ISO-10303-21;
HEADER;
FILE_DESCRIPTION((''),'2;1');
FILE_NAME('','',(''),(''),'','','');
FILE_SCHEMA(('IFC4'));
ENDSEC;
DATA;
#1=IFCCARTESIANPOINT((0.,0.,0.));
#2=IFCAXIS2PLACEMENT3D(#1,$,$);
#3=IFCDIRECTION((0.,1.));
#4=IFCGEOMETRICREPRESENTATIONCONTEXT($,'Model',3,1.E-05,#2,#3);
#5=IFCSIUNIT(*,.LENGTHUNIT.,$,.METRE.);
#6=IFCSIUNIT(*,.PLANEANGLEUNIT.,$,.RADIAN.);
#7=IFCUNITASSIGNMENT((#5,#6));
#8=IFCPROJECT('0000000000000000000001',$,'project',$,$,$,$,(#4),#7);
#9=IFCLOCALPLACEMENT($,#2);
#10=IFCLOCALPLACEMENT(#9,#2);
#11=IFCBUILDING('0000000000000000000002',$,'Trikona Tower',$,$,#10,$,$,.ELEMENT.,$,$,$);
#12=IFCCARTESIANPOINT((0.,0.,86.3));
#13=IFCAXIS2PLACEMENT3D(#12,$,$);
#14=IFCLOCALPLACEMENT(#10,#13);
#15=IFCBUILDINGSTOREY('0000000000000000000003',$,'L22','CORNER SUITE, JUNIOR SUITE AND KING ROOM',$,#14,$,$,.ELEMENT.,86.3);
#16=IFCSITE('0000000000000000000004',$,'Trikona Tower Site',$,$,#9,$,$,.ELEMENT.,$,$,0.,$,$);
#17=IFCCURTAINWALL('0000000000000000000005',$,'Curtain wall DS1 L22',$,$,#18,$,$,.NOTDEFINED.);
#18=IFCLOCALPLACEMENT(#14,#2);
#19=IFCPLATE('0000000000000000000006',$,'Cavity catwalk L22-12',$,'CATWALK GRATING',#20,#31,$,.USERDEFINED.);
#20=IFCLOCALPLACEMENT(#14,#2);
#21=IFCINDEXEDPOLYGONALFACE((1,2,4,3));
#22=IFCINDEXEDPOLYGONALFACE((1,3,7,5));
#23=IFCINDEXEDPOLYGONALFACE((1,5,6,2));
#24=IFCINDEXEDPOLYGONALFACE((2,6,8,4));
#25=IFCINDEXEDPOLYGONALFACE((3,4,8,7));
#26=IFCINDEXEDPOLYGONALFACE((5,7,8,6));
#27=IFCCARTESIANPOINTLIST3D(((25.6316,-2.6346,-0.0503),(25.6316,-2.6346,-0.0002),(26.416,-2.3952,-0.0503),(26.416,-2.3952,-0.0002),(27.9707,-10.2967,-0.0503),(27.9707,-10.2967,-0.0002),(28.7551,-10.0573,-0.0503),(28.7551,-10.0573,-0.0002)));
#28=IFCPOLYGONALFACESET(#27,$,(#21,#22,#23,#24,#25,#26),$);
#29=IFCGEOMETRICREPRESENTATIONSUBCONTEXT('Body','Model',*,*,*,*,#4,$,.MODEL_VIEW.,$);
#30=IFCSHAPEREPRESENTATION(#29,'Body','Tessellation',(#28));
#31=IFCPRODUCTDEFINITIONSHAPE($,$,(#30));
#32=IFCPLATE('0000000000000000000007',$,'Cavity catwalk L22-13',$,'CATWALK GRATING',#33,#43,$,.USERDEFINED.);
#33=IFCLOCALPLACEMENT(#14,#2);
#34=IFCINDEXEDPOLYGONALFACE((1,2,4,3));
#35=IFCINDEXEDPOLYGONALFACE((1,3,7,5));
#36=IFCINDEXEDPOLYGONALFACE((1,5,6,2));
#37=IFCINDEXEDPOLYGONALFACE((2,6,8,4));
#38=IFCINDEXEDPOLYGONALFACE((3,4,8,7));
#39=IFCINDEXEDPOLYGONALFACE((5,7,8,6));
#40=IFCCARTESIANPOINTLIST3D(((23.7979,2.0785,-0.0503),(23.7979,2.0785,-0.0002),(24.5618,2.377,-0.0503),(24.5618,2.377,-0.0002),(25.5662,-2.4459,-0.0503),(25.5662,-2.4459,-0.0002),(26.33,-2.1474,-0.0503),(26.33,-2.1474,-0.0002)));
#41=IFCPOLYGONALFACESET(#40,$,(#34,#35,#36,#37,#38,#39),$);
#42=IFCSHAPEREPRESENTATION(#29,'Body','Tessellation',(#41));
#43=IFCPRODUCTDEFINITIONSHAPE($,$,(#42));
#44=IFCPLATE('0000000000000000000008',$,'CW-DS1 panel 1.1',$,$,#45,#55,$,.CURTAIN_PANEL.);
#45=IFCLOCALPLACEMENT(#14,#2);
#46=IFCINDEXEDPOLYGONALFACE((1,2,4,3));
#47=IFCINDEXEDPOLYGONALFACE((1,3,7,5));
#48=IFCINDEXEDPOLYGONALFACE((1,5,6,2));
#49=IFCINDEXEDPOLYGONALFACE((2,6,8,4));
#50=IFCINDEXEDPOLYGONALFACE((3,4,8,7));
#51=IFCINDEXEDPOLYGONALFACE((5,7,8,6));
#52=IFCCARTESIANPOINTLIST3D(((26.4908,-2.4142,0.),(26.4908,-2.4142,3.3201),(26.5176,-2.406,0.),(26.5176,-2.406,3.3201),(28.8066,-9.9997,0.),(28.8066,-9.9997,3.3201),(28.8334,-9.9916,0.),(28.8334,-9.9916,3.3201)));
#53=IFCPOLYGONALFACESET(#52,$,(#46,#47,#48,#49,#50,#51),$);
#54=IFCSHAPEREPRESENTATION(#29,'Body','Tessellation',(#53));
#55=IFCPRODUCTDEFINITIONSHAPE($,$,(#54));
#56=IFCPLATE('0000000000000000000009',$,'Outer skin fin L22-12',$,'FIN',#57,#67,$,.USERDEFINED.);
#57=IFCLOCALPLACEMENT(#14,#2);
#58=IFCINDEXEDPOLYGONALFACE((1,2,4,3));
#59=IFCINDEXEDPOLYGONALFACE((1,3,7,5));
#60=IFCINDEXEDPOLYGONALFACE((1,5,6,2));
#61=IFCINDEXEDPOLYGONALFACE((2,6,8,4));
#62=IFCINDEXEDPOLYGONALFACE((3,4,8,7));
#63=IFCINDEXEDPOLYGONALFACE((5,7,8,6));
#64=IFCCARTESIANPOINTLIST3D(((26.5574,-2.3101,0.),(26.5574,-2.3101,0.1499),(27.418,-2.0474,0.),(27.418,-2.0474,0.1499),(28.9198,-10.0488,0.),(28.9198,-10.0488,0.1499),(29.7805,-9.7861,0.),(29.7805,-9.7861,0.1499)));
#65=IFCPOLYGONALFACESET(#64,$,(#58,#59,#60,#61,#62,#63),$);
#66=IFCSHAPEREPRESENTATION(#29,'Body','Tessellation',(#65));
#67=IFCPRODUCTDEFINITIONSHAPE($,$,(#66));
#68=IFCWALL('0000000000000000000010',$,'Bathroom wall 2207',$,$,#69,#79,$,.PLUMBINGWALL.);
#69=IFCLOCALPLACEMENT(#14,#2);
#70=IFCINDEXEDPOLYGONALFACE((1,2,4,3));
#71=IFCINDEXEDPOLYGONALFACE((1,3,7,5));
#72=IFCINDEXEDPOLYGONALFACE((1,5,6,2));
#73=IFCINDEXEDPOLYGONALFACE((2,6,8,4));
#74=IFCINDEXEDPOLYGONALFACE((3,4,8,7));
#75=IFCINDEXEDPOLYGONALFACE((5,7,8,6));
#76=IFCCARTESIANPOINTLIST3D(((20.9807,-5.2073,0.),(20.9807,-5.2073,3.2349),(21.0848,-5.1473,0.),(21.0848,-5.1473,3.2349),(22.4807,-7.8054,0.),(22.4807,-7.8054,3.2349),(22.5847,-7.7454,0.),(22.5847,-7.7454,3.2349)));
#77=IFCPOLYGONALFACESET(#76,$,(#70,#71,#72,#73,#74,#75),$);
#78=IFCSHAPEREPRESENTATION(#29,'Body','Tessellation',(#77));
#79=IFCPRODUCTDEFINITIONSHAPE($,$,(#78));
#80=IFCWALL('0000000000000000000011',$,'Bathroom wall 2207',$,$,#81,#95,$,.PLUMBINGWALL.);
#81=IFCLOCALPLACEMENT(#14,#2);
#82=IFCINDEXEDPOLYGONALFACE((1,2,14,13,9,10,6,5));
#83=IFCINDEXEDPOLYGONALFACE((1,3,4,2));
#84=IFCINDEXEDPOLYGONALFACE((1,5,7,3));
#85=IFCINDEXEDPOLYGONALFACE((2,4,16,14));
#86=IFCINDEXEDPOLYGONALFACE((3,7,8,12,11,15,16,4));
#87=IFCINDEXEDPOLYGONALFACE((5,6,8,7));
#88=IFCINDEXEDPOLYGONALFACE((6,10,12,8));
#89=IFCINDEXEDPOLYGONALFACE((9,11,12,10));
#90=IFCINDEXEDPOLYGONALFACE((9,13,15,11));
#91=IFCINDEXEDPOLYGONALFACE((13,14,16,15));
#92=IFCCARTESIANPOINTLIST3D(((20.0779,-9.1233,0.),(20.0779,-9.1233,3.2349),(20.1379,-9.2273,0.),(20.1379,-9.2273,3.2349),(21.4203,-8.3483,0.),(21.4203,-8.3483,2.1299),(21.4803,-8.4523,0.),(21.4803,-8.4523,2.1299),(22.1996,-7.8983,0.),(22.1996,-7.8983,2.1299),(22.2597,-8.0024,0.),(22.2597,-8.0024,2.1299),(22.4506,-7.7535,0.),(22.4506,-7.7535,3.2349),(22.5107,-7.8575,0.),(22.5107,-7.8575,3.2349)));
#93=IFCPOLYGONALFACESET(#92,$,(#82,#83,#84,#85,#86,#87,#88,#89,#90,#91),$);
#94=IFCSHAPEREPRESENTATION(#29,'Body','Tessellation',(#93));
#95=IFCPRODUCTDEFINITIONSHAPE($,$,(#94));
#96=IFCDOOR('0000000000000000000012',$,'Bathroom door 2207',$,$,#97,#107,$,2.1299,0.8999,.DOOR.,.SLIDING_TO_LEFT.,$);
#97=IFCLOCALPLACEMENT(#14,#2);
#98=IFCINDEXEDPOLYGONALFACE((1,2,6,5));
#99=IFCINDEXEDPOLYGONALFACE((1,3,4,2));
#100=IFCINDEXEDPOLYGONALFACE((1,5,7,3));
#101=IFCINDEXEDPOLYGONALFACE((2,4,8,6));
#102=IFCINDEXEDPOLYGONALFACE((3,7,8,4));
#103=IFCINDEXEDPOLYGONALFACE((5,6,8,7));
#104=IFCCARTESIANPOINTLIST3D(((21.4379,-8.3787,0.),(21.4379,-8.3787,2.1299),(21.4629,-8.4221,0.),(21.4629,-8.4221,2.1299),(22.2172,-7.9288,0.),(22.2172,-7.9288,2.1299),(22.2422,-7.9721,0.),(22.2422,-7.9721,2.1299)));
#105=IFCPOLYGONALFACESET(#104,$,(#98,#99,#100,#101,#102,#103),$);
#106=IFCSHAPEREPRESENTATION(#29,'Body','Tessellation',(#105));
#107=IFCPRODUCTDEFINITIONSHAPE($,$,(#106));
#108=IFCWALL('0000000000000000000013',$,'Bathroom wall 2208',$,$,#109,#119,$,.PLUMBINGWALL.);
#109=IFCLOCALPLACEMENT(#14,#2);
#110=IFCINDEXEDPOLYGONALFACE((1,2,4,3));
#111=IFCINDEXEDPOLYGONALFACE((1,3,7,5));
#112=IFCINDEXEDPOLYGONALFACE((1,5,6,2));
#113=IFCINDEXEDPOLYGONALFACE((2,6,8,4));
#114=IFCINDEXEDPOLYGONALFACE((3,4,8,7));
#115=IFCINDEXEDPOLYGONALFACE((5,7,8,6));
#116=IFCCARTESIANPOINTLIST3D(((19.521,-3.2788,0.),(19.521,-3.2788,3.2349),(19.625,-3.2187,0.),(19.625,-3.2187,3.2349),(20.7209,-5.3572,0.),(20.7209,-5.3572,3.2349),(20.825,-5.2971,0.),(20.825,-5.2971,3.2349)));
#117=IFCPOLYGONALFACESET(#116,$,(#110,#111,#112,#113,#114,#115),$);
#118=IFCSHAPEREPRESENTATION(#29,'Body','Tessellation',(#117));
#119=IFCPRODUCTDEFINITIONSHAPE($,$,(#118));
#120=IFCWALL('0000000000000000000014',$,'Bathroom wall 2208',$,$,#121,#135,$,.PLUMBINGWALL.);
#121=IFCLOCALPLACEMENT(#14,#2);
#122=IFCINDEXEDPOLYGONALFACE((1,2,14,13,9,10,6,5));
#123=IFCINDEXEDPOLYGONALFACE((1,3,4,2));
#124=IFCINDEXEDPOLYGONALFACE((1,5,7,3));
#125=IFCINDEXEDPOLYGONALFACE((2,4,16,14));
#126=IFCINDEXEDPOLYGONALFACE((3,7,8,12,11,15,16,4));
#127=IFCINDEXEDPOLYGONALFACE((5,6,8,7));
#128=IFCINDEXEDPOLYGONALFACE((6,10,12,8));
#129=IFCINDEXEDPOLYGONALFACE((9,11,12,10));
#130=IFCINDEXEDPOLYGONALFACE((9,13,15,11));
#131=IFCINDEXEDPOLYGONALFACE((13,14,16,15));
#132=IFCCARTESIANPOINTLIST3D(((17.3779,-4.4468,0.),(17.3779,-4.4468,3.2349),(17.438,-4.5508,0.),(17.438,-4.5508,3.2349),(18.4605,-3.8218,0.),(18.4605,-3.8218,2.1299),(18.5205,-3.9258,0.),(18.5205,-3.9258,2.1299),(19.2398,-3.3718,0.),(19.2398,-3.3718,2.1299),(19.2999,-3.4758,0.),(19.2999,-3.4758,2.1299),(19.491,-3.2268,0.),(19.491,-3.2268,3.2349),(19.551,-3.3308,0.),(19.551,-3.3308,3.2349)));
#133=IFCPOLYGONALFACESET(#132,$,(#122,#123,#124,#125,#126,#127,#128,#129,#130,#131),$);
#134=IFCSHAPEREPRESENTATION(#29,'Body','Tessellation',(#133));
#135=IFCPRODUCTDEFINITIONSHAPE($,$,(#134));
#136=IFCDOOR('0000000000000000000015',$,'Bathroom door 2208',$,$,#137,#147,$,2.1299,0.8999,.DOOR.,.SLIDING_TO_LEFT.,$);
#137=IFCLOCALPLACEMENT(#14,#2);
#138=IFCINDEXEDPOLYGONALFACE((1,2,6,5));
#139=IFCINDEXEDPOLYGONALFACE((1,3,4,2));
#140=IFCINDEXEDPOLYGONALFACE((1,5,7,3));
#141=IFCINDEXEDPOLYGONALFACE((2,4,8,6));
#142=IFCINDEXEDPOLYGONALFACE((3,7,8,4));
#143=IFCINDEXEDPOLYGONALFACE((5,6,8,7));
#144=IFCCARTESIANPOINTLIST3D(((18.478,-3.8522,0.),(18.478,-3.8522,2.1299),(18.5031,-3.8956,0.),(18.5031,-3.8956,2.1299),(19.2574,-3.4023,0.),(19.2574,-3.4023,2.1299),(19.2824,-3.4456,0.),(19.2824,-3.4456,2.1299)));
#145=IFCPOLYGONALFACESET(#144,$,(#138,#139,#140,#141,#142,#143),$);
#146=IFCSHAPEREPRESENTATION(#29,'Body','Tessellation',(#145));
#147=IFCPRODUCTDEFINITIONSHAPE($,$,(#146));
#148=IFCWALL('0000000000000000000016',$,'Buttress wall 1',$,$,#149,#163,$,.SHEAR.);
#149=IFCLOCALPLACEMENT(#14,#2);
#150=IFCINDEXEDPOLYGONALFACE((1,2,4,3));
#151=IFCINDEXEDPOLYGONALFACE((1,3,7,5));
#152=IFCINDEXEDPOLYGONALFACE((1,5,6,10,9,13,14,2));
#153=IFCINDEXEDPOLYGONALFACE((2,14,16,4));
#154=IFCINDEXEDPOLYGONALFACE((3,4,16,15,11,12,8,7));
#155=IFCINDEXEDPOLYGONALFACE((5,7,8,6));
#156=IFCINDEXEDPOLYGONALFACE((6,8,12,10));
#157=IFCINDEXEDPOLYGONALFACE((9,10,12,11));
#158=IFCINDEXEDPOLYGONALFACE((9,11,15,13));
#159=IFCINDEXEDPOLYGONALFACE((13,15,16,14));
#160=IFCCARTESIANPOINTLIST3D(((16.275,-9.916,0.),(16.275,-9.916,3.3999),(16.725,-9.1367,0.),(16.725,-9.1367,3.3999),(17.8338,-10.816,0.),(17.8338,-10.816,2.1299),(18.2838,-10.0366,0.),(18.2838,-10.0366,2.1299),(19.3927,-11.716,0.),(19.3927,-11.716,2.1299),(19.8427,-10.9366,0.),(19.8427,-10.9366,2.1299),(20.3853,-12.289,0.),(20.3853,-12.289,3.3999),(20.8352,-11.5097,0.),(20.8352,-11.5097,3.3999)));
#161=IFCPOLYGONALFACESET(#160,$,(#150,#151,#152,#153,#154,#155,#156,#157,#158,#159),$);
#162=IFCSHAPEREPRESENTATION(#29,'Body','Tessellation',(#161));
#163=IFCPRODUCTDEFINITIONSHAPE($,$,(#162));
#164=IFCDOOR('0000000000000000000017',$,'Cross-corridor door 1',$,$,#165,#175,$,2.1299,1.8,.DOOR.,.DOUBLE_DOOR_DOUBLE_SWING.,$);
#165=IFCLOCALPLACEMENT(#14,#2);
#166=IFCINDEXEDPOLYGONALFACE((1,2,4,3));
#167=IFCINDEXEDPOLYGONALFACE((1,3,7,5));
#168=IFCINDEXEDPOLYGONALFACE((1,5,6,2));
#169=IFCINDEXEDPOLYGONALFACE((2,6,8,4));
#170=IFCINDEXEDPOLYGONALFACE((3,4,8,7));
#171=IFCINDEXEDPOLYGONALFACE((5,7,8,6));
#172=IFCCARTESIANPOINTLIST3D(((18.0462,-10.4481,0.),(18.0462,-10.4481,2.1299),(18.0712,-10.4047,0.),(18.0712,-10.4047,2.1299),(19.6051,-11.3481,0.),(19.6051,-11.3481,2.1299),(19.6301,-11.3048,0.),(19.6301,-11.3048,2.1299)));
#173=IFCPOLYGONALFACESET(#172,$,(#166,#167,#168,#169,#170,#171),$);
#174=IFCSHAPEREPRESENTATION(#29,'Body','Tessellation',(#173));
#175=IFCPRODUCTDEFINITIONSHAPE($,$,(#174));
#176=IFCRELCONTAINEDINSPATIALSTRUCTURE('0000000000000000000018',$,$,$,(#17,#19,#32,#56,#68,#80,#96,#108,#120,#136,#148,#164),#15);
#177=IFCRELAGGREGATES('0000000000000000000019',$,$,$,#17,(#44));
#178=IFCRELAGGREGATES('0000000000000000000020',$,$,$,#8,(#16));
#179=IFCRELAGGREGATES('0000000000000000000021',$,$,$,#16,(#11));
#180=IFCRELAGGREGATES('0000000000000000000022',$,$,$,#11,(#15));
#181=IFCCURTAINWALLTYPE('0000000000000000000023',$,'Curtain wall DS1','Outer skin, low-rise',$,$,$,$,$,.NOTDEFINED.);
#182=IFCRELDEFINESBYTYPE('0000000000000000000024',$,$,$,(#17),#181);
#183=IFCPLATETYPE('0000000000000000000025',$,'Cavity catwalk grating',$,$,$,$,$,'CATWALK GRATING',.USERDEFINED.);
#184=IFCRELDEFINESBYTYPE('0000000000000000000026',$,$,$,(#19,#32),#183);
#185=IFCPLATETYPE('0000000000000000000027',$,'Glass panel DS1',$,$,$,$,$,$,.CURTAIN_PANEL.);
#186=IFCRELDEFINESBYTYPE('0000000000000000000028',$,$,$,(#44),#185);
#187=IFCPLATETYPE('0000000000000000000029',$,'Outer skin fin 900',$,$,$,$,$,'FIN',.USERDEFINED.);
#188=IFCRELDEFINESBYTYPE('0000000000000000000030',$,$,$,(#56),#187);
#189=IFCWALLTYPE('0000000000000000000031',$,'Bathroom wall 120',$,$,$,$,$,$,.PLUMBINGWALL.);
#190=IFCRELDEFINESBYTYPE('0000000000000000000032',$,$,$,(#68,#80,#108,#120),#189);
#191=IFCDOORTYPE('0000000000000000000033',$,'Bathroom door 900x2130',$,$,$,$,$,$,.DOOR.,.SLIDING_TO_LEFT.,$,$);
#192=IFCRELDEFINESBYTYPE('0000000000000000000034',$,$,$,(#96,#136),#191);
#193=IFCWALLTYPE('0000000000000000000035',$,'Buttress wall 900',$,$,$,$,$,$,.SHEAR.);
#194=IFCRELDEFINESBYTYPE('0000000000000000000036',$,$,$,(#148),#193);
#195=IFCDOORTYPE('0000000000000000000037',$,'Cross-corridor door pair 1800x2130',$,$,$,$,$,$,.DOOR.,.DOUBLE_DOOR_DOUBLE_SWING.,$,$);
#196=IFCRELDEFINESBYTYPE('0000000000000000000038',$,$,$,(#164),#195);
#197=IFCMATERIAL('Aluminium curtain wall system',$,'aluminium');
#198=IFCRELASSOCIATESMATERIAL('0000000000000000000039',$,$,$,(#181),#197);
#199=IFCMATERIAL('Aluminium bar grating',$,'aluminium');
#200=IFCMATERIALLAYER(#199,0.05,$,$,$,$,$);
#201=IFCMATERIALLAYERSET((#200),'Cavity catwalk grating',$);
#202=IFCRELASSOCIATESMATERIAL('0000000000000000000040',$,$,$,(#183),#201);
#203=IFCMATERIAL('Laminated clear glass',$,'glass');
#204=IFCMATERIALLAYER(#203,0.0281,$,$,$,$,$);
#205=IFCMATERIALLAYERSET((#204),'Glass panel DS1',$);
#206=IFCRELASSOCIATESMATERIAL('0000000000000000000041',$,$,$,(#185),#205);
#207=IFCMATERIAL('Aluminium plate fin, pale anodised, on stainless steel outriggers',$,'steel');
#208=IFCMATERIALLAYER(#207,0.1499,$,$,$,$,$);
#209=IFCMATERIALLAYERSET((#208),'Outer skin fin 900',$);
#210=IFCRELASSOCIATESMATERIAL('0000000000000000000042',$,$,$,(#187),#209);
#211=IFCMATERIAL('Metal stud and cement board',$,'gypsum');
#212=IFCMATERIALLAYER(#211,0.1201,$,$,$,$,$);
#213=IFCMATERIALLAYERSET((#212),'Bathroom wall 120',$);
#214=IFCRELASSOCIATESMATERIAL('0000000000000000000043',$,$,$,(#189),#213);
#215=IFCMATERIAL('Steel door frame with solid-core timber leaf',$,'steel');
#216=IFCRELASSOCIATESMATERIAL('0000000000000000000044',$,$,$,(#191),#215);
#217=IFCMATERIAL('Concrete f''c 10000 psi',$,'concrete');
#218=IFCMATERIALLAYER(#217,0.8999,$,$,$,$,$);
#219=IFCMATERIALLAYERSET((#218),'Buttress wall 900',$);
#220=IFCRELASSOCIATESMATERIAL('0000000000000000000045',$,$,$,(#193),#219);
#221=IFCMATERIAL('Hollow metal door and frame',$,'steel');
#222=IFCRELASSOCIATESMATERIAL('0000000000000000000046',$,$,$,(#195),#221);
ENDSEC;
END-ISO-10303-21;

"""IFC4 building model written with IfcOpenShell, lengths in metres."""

from ifc_helpers import new_model, si_unit, direction, frame, frame_2d, origin, origin_2d, place, context, subcontext, project, spatial, rectangle, extrude, material, layer, layer_set, type_object, element, fill, aggregate, save


model = new_model("IFC4")

# Units and contexts
model_context = context("Model", 3, precision=1e-05, world=origin(), true_north=direction((0.0, 1.0)))
body_context = subcontext(model_context, "Body", "Model", "MODEL_VIEW")
ifc_project = project(units=[si_unit("LENGTHUNIT", "METRE"), si_unit("PLANEANGLEUNIT", "RADIAN")], contexts=[model_context])

# Site, building, storey
site_placement = place(None, origin())
site = spatial("IfcSite", under=ifc_project, at=site_placement, Name="Trikona Tower Site", CompositionType="ELEMENT", RefElevation=0.0)
building_placement = place(site_placement, origin())
building = spatial("IfcBuilding", under=site, at=building_placement, Name="Trikona Tower", CompositionType="ELEMENT")
storey_placement = place(building_placement, frame((0.0, 0.0, 86.3)))
storey = spatial("IfcBuildingStorey", under=building, at=storey_placement, Name="L22", Description="CORNER SUITE, JUNIOR SUITE AND KING ROOM", CompositionType="ELEMENT", Elevation=86.3)

# Curtain wall
ifc_material_1 = material(Name="Aluminium curtain wall system", Category="aluminium")
curtain_wall_type = type_object("IfcCurtainWallType", Name="Curtain wall DS1", Description="Outer skin, low-rise", PredefinedType="NOTDEFINED", material=ifc_material_1)
curtain_wall_1_placement = place(storey_placement, origin())
curtain_wall_1 = element("IfcCurtainWall", 1, at=curtain_wall_1_placement, inside=storey, type_object=curtain_wall_type, Name="Curtain wall DS1 L22", PredefinedType="NOTDEFINED")

# Plates
ifc_material_2 = material(Name="Aluminium bar grating", Category="aluminium")
ifc_layer_1 = layer(ifc_material_2, 0.05)
ifc_layer_set_1 = layer_set([ifc_layer_1], Name="Cavity catwalk grating")
plate_type_1 = type_object("IfcPlateType", Name="Cavity catwalk grating", ElementType="CATWALK GRATING", PredefinedType="USERDEFINED", material=ifc_layer_set_1)
plate_1_placement = place(storey_placement, frame((27.1934, -6.3459, -0.0503), z_axis=(0.0, 0.0, 1.0), x_axis=(-0.291979, 0.956425, 0.0)))
element("IfcPlate", 2, at=plate_1_placement, inside=storey, type_object=plate_type_1, Name="Cavity catwalk L22-12", ObjectType="CATWALK GRATING", PredefinedType="USERDEFINED", context=body_context, shape_type="SweptSolid", body=[
    extrude(rectangle(XDim=8.0112, YDim=0.8201, at=origin_2d()), origin(), (0.0, 0.0, 1.0), 0.05),
])
plate_2_placement = place(storey_placement, frame((25.064, -0.0344, -0.0503), z_axis=(0.0, 0.0, 1.0), x_axis=(-0.364009, 0.931395, 0.0)))
element("IfcPlate", 3, at=plate_2_placement, inside=storey, type_object=plate_type_1, Name="Cavity catwalk L22-13", ObjectType="CATWALK GRATING", PredefinedType="USERDEFINED", context=body_context, shape_type="SweptSolid", body=[
    extrude(rectangle(XDim=4.8577, YDim=0.8201, at=origin_2d()), origin(), (0.0, 0.0, 1.0), 0.05),
])

# Plates
ifc_material_3 = material(Name="Laminated clear glass", Category="glass")
ifc_layer_2 = layer(ifc_material_3, 0.0281)
ifc_layer_set_2 = layer_set([ifc_layer_2], Name="Glass panel DS1")
plate_type_2 = type_object("IfcPlateType", Name="Glass panel DS1", PredefinedType="CURTAIN_PANEL", material=ifc_layer_set_2)
plate_3_placement = place(storey_placement, frame((27.6621, -6.2029, 0.0), z_axis=(0.0, 0.0, 1.0), x_axis=(-0.291984, 0.956423, 0.0)))
plate_3 = element("IfcPlate", 4, at=plate_3_placement, type_object=plate_type_2, Name="CW-DS1 panel 1.1", PredefinedType="CURTAIN_PANEL", context=body_context, shape_type="SweptSolid", body=[
    extrude(rectangle(XDim=7.9312, YDim=0.0281, at=origin_2d()), origin(), (0.0, 0.0, 1.0), 3.3201),
])
aggregate(curtain_wall_1, [plate_3])
ifc_material_4 = material(Name="Aluminium plate fin, pale anodised, on stainless steel outriggers", Category="steel")
ifc_layer_3 = layer(ifc_material_4, 0.1499)
ifc_layer_set_3 = layer_set([ifc_layer_3], Name="Outer skin fin 900")
plate_type_3 = type_object("IfcPlateType", Name="Outer skin fin 900", ElementType="FIN", PredefinedType="USERDEFINED", material=ifc_layer_set_3)
plate_4_placement = place(storey_placement, frame((28.1689, -6.0481, 0.0), z_axis=(0.0, 0.0, 1.0), x_axis=(-0.291979, 0.956425, 0.0)))
element("IfcPlate", 5, at=plate_4_placement, inside=storey, type_object=plate_type_3, Name="Outer skin fin L22-12", ObjectType="FIN", PredefinedType="USERDEFINED", context=body_context, shape_type="SweptSolid", body=[
    extrude(rectangle(XDim=8.0913, YDim=0.8999, at=origin_2d()), origin(), (0.0, 0.0, 1.0), 0.1499),
])

# Wall
ifc_material_5 = material(Name="Metal stud and cement board", Category="gypsum")
ifc_layer_4 = layer(ifc_material_5, 0.1201)
ifc_layer_set_4 = layer_set([ifc_layer_4], Name="Bathroom wall 120")
wall_type_1 = type_object("IfcWallType", Name="Bathroom wall 120", PredefinedType="PLUMBINGWALL", material=ifc_layer_set_4)
wall_1_placement = place(storey_placement, frame((22.5327, -7.7754, 0.0), z_axis=(0.0, 0.0, 1.0), x_axis=(-0.49999, 0.866031, 0.0)))
element("IfcWall", 6, at=wall_1_placement, inside=storey, type_object=wall_type_1, Name="Bathroom wall 2207", PredefinedType="PLUMBINGWALL", context=body_context, shape_type="SweptSolid", body=[
    extrude(rectangle(XDim=3.0, YDim=0.1201, at=frame_2d((1.5, 0.0))), origin(), (0.0, 0.0, 1.0), 3.2349),
])

# Wall, opening, door
wall_2_placement = place(storey_placement, frame((20.1079, -9.1753, 0.0), z_axis=(0.0, 0.0, 1.0), x_axis=(0.866036, 0.499982, 0.0)))
wall_2 = element("IfcWall", 7, at=wall_2_placement, inside=storey, type_object=wall_type_1, Name="Bathroom wall 2207", PredefinedType="PLUMBINGWALL", context=body_context, shape_type="SweptSolid", body=[
    extrude(rectangle(XDim=2.7397, YDim=0.1201, at=frame_2d((1.3699, 0.0))), origin(), (0.0, 0.0, 1.0), 3.2349),
])
opening_1_placement = place(wall_2_placement, frame((1.55, 0.0, 0.0)))
opening_1 = element("IfcOpeningElement", 8, at=opening_1_placement, cuts=wall_2, PredefinedType="OPENING", context=body_context, shape_type="SweptSolid", body=[
    extrude(rectangle(XDim=0.8999, YDim=2.1299, at=frame_2d((0.45, 1.0649))), frame((0.0, 0.0701, 0.0), z_axis=(0.0, -1.0, 0.0), x_axis=(1.0, 0.0, 0.0)), (0.0, 0.0, 1.0), 0.1401),
])
ifc_material_6 = material(Name="Steel door frame with solid-core timber leaf", Category="steel")
door_type_1 = type_object("IfcDoorType", Name="Bathroom door 900x2130", OperationType="SLIDING_TO_LEFT", PredefinedType="DOOR", material=ifc_material_6)
door_1_placement = place(opening_1_placement, origin())
door_1 = element("IfcDoor", 9, at=door_1_placement, inside=storey, type_object=door_type_1, Name="Bathroom door 2207", OperationType="SLIDING_TO_LEFT", OverallHeight=2.1299, OverallWidth=0.8999, PredefinedType="DOOR", context=body_context, shape_type="SweptSolid", body=[
    extrude(rectangle(XDim=0.8999, YDim=2.1299, at=frame_2d((0.45, 1.0649))), frame((0.0, 0.0249, 0.0), z_axis=(0.0, -1.0, 0.0), x_axis=(1.0, 0.0, 0.0)), (0.0, 0.0, 1.0), 0.05),
])
fill(opening_1, door_1)

# Wall
wall_3_placement = place(storey_placement, frame((20.7729, -5.3271, 0.0), z_axis=(0.0, 0.0, 1.0), x_axis=(-0.500001, 0.866025, 0.0)))
element("IfcWall", 10, at=wall_3_placement, inside=storey, type_object=wall_type_1, Name="Bathroom wall 2208", PredefinedType="PLUMBINGWALL", context=body_context, shape_type="SweptSolid", body=[
    extrude(rectangle(XDim=2.3999, YDim=0.1201, at=frame_2d((1.2, 0.0))), origin(), (0.0, 0.0, 1.0), 3.2349),
])

# Walls, openings, doors
wall_4_placement = place(storey_placement, frame((17.408, -4.4988, 0.0), z_axis=(0.0, 0.0, 1.0), x_axis=(0.866024, 0.500003, 0.0)))
wall_4 = element("IfcWall", 11, at=wall_4_placement, inside=storey, type_object=wall_type_1, Name="Bathroom wall 2208", PredefinedType="PLUMBINGWALL", context=body_context, shape_type="SweptSolid", body=[
    extrude(rectangle(XDim=2.4399, YDim=0.1201, at=frame_2d((1.22, 0.0))), origin(), (0.0, 0.0, 1.0), 3.2349),
])
opening_2_placement = place(wall_4_placement, frame((1.25, 0.0, 0.0)))
opening_2 = element("IfcOpeningElement", 12, at=opening_2_placement, cuts=wall_4, PredefinedType="OPENING", context=body_context, shape_type="SweptSolid", body=[
    extrude(rectangle(XDim=0.8999, YDim=2.1299, at=frame_2d((0.45, 1.0649))), frame((0.0, 0.0701, 0.0), z_axis=(0.0, -1.0, 0.0), x_axis=(1.0, 0.0, 0.0)), (0.0, 0.0, 1.0), 0.1401),
])
door_2_placement = place(opening_2_placement, origin())
door_2 = element("IfcDoor", 13, at=door_2_placement, inside=storey, type_object=door_type_1, Name="Bathroom door 2208", OperationType="SLIDING_TO_LEFT", OverallHeight=2.1299, OverallWidth=0.8999, PredefinedType="DOOR", context=body_context, shape_type="SweptSolid", body=[
    extrude(rectangle(XDim=0.8999, YDim=2.1299, at=frame_2d((0.45, 1.0649))), frame((0.0, 0.0249, 0.0), z_axis=(0.0, -1.0, 0.0), x_axis=(1.0, 0.0, 0.0)), (0.0, 0.0, 1.0), 0.05),
])
fill(opening_2, door_2)
ifc_material_7 = material(Name="Concrete f'c 10000 psi", Category="concrete")
ifc_layer_5 = layer(ifc_material_7, 0.8999)
ifc_layer_set_5 = layer_set([ifc_layer_5], Name="Buttress wall 900")
wall_type_2 = type_object("IfcWallType", Name="Buttress wall 900", PredefinedType="SHEAR", material=ifc_layer_set_5)
wall_5_placement = place(storey_placement, frame((16.5, -9.5264, 0.0), z_axis=(0.0, 0.0, 1.0), x_axis=(0.866031, -0.49999, 0.0)))
wall_5 = element("IfcWall", 14, at=wall_5_placement, inside=storey, type_object=wall_type_2, Name="Buttress wall 1", PredefinedType="SHEAR", context=body_context, shape_type="SweptSolid", body=[
    extrude(rectangle(XDim=4.7461, YDim=0.8999, at=frame_2d((2.373, 0.0))), origin(), (0.0, 0.0, 1.0), 3.3999),
])
opening_3_placement = place(wall_5_placement, frame((1.8, 0.0, 0.0)))
opening_3 = element("IfcOpeningElement", 15, at=opening_3_placement, cuts=wall_5, PredefinedType="OPENING", context=body_context, shape_type="SweptSolid", body=[
    extrude(rectangle(XDim=1.8, YDim=2.1299, at=frame_2d((0.8999, 1.0649))), frame((0.0, 0.46, 0.0), z_axis=(0.0, -1.0, 0.0), x_axis=(1.0, 0.0, 0.0)), (0.0, 0.0, 1.0), 0.9199),
])
ifc_material_8 = material(Name="Hollow metal door and frame", Category="steel")
door_type_2 = type_object("IfcDoorType", Name="Cross-corridor door pair 1800x2130", OperationType="DOUBLE_DOOR_DOUBLE_SWING", PredefinedType="DOOR", material=ifc_material_8)
door_3_placement = place(opening_3_placement, origin())
door_3 = element("IfcDoor", 16, at=door_3_placement, inside=storey, type_object=door_type_2, Name="Cross-corridor door 1", OperationType="DOUBLE_DOOR_DOUBLE_SWING", OverallHeight=2.1299, OverallWidth=1.8, PredefinedType="DOOR", context=body_context, shape_type="SweptSolid", body=[
    extrude(rectangle(XDim=1.8, YDim=2.1299, at=frame_2d((0.8999, 1.0649))), frame((0.0, 0.0249, 0.0), z_axis=(0.0, -1.0, 0.0), x_axis=(1.0, 0.0, 0.0)), (0.0, 0.0, 1.0), 0.05),
])
fill(opening_3, door_3)

save(model, "model.ifc")
